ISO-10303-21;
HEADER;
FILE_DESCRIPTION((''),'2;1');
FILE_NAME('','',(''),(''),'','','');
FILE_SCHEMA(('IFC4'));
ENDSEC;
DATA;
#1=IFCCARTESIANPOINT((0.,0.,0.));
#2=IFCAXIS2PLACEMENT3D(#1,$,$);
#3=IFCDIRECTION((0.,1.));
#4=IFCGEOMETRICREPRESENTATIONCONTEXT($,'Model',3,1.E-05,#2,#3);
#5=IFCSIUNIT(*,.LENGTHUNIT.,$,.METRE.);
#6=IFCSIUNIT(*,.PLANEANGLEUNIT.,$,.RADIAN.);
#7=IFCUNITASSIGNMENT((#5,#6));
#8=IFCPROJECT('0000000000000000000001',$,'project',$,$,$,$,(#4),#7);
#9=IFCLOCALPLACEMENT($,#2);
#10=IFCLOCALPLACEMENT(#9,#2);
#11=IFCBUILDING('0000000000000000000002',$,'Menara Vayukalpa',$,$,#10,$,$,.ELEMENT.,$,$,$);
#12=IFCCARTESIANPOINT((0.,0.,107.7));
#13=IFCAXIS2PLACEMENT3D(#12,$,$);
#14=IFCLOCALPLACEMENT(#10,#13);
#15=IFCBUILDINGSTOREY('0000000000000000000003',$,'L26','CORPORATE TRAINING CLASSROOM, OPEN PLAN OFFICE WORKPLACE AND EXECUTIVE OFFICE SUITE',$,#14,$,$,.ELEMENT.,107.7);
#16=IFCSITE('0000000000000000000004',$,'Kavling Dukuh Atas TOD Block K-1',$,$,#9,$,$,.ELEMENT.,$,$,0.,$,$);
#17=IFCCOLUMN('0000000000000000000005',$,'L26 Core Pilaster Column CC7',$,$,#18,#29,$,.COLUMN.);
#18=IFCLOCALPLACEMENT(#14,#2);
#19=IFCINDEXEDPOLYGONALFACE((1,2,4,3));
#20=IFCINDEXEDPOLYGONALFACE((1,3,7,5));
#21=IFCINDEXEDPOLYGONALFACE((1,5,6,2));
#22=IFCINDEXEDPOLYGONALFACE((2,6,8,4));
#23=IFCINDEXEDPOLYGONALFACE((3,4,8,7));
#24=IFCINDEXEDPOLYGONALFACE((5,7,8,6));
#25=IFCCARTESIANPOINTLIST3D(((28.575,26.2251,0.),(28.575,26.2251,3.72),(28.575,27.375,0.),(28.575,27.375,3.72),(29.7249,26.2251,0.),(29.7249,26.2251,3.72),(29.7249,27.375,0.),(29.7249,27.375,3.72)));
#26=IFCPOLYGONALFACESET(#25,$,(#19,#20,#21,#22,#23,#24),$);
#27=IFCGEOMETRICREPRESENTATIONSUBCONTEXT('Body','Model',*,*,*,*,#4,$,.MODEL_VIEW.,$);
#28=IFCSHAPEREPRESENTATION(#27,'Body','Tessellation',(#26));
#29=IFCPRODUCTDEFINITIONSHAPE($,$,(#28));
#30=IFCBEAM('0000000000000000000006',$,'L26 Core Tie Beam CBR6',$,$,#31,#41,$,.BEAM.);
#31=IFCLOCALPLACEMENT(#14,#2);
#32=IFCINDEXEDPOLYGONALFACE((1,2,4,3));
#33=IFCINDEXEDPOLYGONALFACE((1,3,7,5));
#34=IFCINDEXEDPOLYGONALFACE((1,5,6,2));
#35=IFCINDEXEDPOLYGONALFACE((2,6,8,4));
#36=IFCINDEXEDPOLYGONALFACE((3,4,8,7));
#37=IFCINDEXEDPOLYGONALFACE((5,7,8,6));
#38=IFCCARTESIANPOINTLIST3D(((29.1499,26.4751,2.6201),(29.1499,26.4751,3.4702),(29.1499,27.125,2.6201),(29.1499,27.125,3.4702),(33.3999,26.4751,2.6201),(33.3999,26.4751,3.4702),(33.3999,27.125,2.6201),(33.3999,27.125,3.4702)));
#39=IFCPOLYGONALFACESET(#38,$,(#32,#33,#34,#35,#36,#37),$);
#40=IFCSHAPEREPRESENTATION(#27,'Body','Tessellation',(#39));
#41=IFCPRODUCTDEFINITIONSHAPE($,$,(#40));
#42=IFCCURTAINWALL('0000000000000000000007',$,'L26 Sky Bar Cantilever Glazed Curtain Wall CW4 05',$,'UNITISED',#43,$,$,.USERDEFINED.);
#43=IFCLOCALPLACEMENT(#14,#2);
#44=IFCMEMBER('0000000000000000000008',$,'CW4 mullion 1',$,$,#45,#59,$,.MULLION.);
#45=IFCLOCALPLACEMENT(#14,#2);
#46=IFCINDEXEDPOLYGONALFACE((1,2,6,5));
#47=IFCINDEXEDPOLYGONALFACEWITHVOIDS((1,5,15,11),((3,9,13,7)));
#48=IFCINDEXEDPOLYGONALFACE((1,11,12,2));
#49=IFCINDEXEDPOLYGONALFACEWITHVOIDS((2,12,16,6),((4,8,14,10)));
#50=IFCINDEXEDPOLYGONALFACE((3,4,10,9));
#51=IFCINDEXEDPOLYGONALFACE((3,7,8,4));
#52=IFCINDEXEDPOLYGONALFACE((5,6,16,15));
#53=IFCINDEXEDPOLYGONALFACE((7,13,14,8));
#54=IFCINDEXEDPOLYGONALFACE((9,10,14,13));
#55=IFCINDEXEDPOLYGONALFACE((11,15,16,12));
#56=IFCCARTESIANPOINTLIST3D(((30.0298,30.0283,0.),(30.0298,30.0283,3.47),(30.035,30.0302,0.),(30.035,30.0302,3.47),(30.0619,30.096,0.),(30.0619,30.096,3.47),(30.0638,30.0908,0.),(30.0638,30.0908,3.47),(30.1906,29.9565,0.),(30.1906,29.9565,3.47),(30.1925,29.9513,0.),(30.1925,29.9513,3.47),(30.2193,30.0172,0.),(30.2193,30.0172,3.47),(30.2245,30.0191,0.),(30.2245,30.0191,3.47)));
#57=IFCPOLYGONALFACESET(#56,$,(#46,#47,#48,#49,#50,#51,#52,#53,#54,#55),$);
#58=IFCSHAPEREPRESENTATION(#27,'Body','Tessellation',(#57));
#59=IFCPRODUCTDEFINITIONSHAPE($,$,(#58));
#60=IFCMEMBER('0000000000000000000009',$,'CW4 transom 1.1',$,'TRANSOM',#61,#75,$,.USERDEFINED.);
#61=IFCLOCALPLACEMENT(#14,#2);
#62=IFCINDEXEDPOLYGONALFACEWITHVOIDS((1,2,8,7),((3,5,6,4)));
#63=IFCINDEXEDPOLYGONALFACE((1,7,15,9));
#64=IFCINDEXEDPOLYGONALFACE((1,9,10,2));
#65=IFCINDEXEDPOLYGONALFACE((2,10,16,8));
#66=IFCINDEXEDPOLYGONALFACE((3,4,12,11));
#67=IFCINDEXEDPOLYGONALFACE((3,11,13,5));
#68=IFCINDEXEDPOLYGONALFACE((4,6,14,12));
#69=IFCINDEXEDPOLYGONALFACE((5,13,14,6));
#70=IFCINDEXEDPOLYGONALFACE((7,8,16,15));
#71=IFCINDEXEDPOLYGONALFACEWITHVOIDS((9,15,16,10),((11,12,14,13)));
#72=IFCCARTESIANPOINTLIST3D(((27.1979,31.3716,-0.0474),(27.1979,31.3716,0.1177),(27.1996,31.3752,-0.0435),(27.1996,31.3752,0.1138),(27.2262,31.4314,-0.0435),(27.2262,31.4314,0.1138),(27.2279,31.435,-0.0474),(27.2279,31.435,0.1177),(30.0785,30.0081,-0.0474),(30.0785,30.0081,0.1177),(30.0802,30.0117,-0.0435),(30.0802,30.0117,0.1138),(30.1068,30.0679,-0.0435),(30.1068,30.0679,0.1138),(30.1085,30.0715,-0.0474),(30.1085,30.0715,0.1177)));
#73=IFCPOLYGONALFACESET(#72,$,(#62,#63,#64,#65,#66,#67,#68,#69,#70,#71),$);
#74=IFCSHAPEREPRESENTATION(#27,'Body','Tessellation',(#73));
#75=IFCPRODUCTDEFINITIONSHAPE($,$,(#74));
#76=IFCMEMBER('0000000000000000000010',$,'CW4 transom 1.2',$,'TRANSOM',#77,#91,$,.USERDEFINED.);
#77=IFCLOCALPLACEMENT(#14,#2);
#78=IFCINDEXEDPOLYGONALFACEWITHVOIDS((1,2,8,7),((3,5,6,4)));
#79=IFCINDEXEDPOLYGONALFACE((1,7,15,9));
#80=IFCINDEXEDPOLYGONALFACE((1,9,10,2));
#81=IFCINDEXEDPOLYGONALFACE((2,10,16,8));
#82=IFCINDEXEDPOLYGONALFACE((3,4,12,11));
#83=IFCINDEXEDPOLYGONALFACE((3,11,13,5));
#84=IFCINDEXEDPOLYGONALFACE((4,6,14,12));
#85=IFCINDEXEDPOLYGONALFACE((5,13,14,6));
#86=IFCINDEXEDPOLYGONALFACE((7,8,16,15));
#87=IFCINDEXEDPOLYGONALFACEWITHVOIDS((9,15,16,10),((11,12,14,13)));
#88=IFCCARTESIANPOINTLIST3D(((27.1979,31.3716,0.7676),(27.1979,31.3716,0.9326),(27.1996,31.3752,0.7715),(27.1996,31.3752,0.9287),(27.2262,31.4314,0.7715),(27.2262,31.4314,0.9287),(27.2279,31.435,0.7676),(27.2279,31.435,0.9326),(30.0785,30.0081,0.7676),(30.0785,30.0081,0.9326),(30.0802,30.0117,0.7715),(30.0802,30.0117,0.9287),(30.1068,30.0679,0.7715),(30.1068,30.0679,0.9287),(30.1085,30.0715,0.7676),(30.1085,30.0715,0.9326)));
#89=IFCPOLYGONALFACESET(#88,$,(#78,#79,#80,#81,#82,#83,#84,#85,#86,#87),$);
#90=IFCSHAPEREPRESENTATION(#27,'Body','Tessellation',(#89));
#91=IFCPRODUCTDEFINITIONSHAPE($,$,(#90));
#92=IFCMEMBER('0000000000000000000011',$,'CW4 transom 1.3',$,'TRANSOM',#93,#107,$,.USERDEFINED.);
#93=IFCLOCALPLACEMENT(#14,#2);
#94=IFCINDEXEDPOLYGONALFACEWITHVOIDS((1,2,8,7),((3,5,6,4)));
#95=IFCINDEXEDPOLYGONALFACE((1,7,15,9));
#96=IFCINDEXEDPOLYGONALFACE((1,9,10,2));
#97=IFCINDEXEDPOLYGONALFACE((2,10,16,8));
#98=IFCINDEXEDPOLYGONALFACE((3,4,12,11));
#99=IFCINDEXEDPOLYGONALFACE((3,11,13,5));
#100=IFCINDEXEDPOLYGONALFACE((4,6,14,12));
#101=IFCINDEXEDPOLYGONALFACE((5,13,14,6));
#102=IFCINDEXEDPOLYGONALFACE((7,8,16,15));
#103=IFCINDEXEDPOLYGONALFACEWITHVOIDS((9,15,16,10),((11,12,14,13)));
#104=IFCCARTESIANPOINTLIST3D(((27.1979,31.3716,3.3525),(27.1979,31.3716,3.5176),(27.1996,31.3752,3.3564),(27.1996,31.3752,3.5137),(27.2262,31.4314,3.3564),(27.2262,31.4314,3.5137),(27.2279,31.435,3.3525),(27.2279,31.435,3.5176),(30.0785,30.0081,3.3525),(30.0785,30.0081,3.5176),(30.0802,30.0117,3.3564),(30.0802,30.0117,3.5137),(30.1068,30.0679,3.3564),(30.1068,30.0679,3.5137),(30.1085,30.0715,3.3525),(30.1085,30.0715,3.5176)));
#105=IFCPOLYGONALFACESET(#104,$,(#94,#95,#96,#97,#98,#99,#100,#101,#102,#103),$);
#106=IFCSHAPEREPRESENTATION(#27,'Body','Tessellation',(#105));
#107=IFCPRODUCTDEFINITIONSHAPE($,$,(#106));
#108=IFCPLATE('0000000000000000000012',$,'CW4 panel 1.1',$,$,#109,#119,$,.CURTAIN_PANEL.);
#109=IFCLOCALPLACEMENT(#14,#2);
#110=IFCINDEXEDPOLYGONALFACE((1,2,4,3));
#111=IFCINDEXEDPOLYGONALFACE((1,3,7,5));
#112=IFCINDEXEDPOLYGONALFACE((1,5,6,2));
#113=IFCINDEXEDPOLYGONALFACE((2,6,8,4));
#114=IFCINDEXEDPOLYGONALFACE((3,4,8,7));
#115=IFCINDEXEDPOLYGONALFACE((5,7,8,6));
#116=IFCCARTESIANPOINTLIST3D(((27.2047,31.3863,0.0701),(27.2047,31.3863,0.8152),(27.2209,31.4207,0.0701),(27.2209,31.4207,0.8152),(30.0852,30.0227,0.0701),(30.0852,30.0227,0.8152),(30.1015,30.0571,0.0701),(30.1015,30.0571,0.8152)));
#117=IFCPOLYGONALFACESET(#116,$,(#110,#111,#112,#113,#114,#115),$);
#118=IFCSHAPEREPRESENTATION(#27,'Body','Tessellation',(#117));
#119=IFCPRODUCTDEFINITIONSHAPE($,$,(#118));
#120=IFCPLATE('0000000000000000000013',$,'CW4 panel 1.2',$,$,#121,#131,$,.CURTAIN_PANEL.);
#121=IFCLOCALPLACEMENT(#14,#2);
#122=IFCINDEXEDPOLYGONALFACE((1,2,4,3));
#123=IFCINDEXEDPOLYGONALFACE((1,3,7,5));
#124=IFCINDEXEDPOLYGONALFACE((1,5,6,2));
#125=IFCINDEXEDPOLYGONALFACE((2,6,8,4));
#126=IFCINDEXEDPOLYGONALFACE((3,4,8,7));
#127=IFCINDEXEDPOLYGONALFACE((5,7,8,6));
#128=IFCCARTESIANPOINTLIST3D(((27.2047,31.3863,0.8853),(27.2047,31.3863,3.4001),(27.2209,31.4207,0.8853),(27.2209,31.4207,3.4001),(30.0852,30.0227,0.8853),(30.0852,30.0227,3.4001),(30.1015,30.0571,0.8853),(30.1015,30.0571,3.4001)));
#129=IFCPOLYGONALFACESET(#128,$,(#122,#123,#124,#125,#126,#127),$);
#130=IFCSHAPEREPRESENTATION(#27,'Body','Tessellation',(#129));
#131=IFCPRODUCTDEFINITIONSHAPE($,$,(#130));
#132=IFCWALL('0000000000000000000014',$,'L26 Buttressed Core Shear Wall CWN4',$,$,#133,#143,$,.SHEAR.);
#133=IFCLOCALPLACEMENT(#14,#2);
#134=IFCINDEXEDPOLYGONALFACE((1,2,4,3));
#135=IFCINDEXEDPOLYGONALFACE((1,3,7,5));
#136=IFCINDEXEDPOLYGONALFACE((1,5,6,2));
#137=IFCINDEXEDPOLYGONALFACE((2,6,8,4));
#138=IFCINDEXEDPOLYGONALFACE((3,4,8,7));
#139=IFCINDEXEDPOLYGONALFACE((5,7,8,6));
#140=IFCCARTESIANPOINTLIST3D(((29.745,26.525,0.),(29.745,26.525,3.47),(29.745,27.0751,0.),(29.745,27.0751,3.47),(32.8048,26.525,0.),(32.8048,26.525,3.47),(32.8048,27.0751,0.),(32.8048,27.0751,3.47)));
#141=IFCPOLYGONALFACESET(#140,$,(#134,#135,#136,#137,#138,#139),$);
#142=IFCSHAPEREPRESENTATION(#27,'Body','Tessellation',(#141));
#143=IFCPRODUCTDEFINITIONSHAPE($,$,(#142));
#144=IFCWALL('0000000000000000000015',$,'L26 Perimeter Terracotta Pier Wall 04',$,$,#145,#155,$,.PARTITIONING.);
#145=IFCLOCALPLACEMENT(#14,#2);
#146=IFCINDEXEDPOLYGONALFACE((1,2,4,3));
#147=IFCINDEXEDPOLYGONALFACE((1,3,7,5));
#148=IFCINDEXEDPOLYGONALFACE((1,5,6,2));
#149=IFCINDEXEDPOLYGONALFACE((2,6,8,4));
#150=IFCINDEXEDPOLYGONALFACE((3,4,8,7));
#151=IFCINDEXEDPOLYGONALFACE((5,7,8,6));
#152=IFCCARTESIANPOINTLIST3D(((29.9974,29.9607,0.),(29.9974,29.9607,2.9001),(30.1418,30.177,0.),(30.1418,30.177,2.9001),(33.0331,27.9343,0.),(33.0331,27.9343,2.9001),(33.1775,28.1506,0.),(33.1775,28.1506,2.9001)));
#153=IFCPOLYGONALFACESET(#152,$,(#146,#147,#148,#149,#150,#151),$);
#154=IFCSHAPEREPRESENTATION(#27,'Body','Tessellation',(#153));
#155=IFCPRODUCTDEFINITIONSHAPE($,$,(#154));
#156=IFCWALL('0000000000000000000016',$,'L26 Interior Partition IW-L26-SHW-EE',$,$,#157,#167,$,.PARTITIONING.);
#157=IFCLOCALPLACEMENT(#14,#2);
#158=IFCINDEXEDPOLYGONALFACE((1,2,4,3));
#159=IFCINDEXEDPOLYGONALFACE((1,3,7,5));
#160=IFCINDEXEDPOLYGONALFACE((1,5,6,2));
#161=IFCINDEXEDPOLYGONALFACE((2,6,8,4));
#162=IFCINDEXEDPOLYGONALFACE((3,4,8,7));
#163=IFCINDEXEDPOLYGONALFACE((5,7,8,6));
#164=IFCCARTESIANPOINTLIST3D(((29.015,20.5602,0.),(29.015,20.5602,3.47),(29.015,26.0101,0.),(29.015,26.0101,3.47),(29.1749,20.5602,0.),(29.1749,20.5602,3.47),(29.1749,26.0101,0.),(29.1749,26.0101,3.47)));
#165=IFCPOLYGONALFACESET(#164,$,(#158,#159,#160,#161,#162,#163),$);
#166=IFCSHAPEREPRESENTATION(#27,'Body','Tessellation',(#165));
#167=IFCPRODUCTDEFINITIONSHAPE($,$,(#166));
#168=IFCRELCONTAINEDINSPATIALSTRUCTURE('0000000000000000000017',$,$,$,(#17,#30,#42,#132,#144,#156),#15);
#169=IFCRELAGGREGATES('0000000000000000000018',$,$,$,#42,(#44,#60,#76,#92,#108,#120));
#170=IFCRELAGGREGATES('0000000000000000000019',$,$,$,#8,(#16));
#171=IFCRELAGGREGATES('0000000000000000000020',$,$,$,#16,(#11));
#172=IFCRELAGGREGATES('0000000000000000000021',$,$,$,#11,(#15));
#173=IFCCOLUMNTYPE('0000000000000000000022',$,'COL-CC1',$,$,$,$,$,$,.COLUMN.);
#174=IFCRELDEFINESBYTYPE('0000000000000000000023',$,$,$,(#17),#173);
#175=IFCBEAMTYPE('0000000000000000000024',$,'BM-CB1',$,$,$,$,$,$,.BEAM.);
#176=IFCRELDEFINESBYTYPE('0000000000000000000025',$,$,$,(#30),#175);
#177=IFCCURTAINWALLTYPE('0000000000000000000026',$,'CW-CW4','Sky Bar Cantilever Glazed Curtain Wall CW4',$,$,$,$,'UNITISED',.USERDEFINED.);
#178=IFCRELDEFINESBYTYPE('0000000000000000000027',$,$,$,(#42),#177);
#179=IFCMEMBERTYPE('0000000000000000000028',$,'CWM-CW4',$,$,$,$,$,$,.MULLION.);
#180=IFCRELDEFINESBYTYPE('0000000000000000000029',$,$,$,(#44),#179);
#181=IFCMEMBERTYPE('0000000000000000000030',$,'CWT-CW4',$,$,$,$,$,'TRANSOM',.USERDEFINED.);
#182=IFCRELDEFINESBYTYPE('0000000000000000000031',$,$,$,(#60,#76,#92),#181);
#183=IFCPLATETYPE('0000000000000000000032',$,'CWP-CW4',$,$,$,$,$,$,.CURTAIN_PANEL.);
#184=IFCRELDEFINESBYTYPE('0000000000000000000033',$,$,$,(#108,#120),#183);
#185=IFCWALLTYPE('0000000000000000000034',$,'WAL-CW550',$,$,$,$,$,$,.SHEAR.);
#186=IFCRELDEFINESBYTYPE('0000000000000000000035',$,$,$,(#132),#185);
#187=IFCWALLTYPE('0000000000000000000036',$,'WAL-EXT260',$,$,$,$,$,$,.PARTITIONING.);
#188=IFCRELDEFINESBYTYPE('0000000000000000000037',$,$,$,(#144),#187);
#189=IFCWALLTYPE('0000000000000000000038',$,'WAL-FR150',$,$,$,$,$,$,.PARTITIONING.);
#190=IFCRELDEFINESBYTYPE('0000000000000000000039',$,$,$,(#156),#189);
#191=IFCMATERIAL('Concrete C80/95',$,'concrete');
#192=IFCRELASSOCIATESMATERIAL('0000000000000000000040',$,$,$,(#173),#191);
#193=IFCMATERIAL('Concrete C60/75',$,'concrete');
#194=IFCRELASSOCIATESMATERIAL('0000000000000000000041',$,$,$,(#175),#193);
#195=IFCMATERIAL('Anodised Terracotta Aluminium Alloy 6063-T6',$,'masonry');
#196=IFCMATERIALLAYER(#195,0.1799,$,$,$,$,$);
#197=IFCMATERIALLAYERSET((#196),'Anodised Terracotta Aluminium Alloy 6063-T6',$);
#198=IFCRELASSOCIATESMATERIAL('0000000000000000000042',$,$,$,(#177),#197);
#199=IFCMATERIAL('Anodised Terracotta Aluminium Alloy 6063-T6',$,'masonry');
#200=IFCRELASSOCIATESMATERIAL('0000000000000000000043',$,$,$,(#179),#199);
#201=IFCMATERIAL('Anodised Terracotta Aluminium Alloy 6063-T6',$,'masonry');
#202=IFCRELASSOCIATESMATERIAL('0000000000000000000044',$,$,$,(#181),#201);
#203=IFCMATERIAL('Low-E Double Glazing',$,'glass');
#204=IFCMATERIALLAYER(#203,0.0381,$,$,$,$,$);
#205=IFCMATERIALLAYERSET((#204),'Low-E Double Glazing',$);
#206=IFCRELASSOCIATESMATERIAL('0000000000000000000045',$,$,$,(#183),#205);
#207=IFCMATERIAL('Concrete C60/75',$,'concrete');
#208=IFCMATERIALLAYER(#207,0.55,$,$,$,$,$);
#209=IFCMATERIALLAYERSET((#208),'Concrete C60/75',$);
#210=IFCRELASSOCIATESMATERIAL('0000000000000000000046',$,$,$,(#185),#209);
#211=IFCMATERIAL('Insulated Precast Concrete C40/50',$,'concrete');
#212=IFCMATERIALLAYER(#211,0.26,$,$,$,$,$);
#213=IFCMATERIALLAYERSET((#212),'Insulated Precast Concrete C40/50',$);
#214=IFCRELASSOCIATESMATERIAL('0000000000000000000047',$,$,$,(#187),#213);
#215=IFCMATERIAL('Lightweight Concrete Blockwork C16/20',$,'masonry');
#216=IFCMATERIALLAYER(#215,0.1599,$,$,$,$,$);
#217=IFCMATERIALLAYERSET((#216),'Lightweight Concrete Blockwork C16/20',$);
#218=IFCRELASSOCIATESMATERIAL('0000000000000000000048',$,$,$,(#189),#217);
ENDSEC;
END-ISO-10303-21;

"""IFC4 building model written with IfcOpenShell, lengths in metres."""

from ifc_helpers import new_model, si_unit, direction, frame, frame_2d, origin, origin_2d, place, context, subcontext, project, spatial, rectangle, hollow_rectangle, extrude, material, layer, layer_set, material_profile, profile_set, type_object, element, aggregate, save


model = new_model("IFC4")

# Units and contexts
model_context = context("Model", 3, precision=1e-05, world=origin(), true_north=direction((0.0, 1.0)))
body_context = subcontext(model_context, "Body", "Model", "MODEL_VIEW")
ifc_project = project(units=[si_unit("LENGTHUNIT", "METRE"), si_unit("PLANEANGLEUNIT", "RADIAN")], contexts=[model_context])

# Site, building, storey
site_placement = place(None, origin())
site = spatial("IfcSite", under=ifc_project, at=site_placement, Name="Kavling Dukuh Atas TOD Block K-1", CompositionType="ELEMENT", RefElevation=0.0)
building_placement = place(site_placement, origin())
building = spatial("IfcBuilding", under=site, at=building_placement, Name="Menara Vayukalpa", CompositionType="ELEMENT")
storey_placement = place(building_placement, frame((0.0, 0.0, 107.7)))
storey = spatial("IfcBuildingStorey", under=building, at=storey_placement, Name="L26", Description="CORPORATE TRAINING CLASSROOM, OPEN PLAN OFFICE WORKPLACE AND EXECUTIVE OFFICE SUITE", CompositionType="ELEMENT", Elevation=107.7)

# Column
ifc_material_1 = material(Name="Concrete C80/95", Category="concrete")
ifc_material_profile_1 = material_profile(ifc_material_1, rectangle(XDim=1.1499, YDim=1.1499, at=origin_2d()), Name="RC 1150x1150")
ifc_profile_set_1 = profile_set([ifc_material_profile_1], Name="Concrete C80/95")
column_type = type_object("IfcColumnType", Name="COL-CC1", PredefinedType="COLUMN", material=ifc_profile_set_1)
column_placement = place(storey_placement, frame((29.1499, 26.8, 0.0), z_axis=(0.0, 0.0, 1.0), x_axis=(1.0, 0.0, 0.0)))
element("IfcColumn", 1, at=column_placement, inside=storey, type_object=column_type, Name="L26 Core Pilaster Column CC7", PredefinedType="COLUMN", context=body_context, shape_type="SweptSolid", body=[
    extrude(rectangle(XDim=1.1499, YDim=1.1499, at=origin_2d()), origin(), (0.0, 0.0, 1.0), 3.72),
])

# Beam
ifc_material_2 = material(Name="Concrete C60/75", Category="concrete")
ifc_material_profile_2 = material_profile(ifc_material_2, rectangle(XDim=0.6499, YDim=0.8501, at=origin_2d()), Name="RC 650x850")
ifc_profile_set_2 = profile_set([ifc_material_profile_2], Name="Concrete C60/75")
beam_type = type_object("IfcBeamType", Name="BM-CB1", PredefinedType="BEAM", material=ifc_profile_set_2)
beam_placement = place(storey_placement, frame((29.1499, 26.8, 3.0452), z_axis=(1.0, 0.0, 0.0), x_axis=(0.0, 1.0, 0.0)))
element("IfcBeam", 2, at=beam_placement, inside=storey, type_object=beam_type, Name="L26 Core Tie Beam CBR6", PredefinedType="BEAM", context=body_context, shape_type="SweptSolid", body=[
    extrude(rectangle(XDim=0.6499, YDim=0.8501, at=origin_2d()), origin(), (0.0, 0.0, 1.0), 4.25),
])

# Curtain wall, members, plates
ifc_material_3 = material(Name="Anodised Terracotta Aluminium Alloy 6063-T6", Category="masonry")
ifc_layer_1 = layer(ifc_material_3, 0.1799)
ifc_layer_set_1 = layer_set([ifc_layer_1], Name="Anodised Terracotta Aluminium Alloy 6063-T6")
curtain_wall_type = type_object("IfcCurtainWallType", Name="CW-CW4", Description="Sky Bar Cantilever Glazed Curtain Wall CW4", ElementType="UNITISED", PredefinedType="USERDEFINED", material=ifc_layer_set_1)
curtain_wall_placement = place(storey_placement, origin())
curtain_wall = element("IfcCurtainWall", 3, at=curtain_wall_placement, inside=storey, type_object=curtain_wall_type, Name="L26 Sky Bar Cantilever Glazed Curtain Wall CW4 05", ObjectType="UNITISED", PredefinedType="USERDEFINED")
ifc_material_4 = material(Name="Anodised Terracotta Aluminium Alloy 6063-T6", Category="masonry")
ifc_material_profile_3 = material_profile(ifc_material_4, hollow_rectangle(XDim=0.075, YDim=0.1799, WallThickness=0.0039, at=origin_2d()), Name="ALU 75x180x4")
ifc_profile_set_3 = profile_set([ifc_material_profile_3], Name="Anodised Terracotta Aluminium Alloy 6063-T6")
member_type_1 = type_object("IfcMemberType", Name="CWM-CW4", PredefinedType="MULLION", material=ifc_profile_set_3)
member_1_placement = place(storey_placement, frame((30.1272, 30.0237, 0.0), z_axis=(0.0, 0.0, 1.0), x_axis=(-0.427871, -0.90384, 0.0)))
member_1 = element("IfcMember", 4, at=member_1_placement, type_object=member_type_1, Name="CW4 mullion 1", PredefinedType="MULLION", context=body_context, shape_type="SweptSolid", body=[
    extrude(hollow_rectangle(XDim=0.075, YDim=0.1799, WallThickness=0.0039, at=origin_2d()), origin(), (0.0, 0.0, 1.0), 3.47),
])
ifc_material_5 = material(Name="Anodised Terracotta Aluminium Alloy 6063-T6", Category="masonry")
ifc_material_profile_4 = material_profile(ifc_material_5, hollow_rectangle(XDim=0.0701, YDim=0.165, WallThickness=0.0039, at=origin_2d()), Name="ALU 70x165x4")
ifc_profile_set_4 = profile_set([ifc_material_profile_4], Name="Anodised Terracotta Aluminium Alloy 6063-T6")
member_type_2 = type_object("IfcMemberType", Name="CWT-CW4", ElementType="TRANSOM", PredefinedType="USERDEFINED", material=ifc_profile_set_4)
member_2_placement = place(storey_placement, frame((30.0935, 30.0398, 0.0352), z_axis=(-0.903856, 0.427836, 0.0), x_axis=(-0.427836, -0.903856, 0.0)))
member_2 = element("IfcMember", 5, at=member_2_placement, type_object=member_type_2, Name="CW4 transom 1.1", ObjectType="TRANSOM", PredefinedType="USERDEFINED", context=body_context, shape_type="SweptSolid", body=[
    extrude(hollow_rectangle(XDim=0.0701, YDim=0.165, WallThickness=0.0039, at=origin_2d()), origin(), (0.0, 0.0, 1.0), 3.187),
])
member_3_placement = place(storey_placement, frame((30.0935, 30.0398, 0.8501), z_axis=(-0.903856, 0.427836, 0.0), x_axis=(-0.427836, -0.903856, 0.0)))
member_3 = element("IfcMember", 6, at=member_3_placement, type_object=member_type_2, Name="CW4 transom 1.2", ObjectType="TRANSOM", PredefinedType="USERDEFINED", context=body_context, shape_type="SweptSolid", body=[
    extrude(hollow_rectangle(XDim=0.0701, YDim=0.165, WallThickness=0.0039, at=origin_2d()), origin(), (0.0, 0.0, 1.0), 3.187),
])
member_4_placement = place(storey_placement, frame((30.0935, 30.0398, 3.4351), z_axis=(-0.903856, 0.427836, 0.0), x_axis=(-0.427836, -0.903856, 0.0)))
member_4 = element("IfcMember", 7, at=member_4_placement, type_object=member_type_2, Name="CW4 transom 1.3", ObjectType="TRANSOM", PredefinedType="USERDEFINED", context=body_context, shape_type="SweptSolid", body=[
    extrude(hollow_rectangle(XDim=0.0701, YDim=0.165, WallThickness=0.0039, at=origin_2d()), origin(), (0.0, 0.0, 1.0), 3.187),
])
ifc_material_6 = material(Name="Low-E Double Glazing", Category="glass")
ifc_layer_2 = layer(ifc_material_6, 0.0381)
ifc_layer_set_2 = layer_set([ifc_layer_2], Name="Low-E Double Glazing")
plate_type = type_object("IfcPlateType", Name="CWP-CW4", PredefinedType="CURTAIN_PANEL", material=ifc_layer_set_2)
plate_1_placement = place(storey_placement, frame((28.6531, 30.7217, 0.0701), z_axis=(0.0, 0.0, 1.0), x_axis=(-0.90384, 0.427871, 0.0)))
plate_1 = element("IfcPlate", 8, at=plate_1_placement, type_object=plate_type, Name="CW4 panel 1.1", PredefinedType="CURTAIN_PANEL", context=body_context, shape_type="SweptSolid", body=[
    extrude(rectangle(XDim=3.187, YDim=0.0381, at=origin_2d()), origin(), (0.0, 0.0, 1.0), 0.7451),
])
plate_2_placement = place(storey_placement, frame((28.6531, 30.7217, 0.8853), z_axis=(0.0, 0.0, 1.0), x_axis=(-0.90384, 0.427871, 0.0)))
plate_2 = element("IfcPlate", 9, at=plate_2_placement, type_object=plate_type, Name="CW4 panel 1.2", PredefinedType="CURTAIN_PANEL", context=body_context, shape_type="SweptSolid", body=[
    extrude(rectangle(XDim=3.187, YDim=0.0381, at=origin_2d()), origin(), (0.0, 0.0, 1.0), 2.5149),
])
aggregate(curtain_wall, [member_1, member_2, member_3, member_4, plate_1, plate_2])

# Walls
ifc_material_7 = material(Name="Concrete C60/75", Category="concrete")
ifc_layer_3 = layer(ifc_material_7, 0.55)
ifc_layer_set_3 = layer_set([ifc_layer_3], Name="Concrete C60/75")
wall_type_1 = type_object("IfcWallType", Name="WAL-CW550", PredefinedType="SHEAR", material=ifc_layer_set_3)
wall_1_placement = place(storey_placement, frame((29.7451, 26.8, 0.0), z_axis=(0.0, 0.0, 1.0), x_axis=(1.0, 0.0, 0.0)))
element("IfcWall", 10, at=wall_1_placement, inside=storey, type_object=wall_type_1, Name="L26 Buttressed Core Shear Wall CWN4", PredefinedType="SHEAR", context=body_context, shape_type="SweptSolid", body=[
    extrude(rectangle(XDim=3.0598, YDim=0.55, at=frame_2d((1.5298, 0.0))), origin(), (0.0, 0.0, 1.0), 3.47),
])
ifc_material_8 = material(Name="Insulated Precast Concrete C40/50", Category="concrete")
ifc_layer_4 = layer(ifc_material_8, 0.26)
ifc_layer_set_4 = layer_set([ifc_layer_4], Name="Insulated Precast Concrete C40/50")
wall_type_2 = type_object("IfcWallType", Name="WAL-EXT260", PredefinedType="PARTITIONING", material=ifc_layer_set_4)
wall_2_placement = place(storey_placement, frame((30.0696, 30.0688, 0.0), z_axis=(0.0, 0.0, 1.0), x_axis=(0.831721, -0.555194, 0.0)))
element("IfcWall", 11, at=wall_2_placement, inside=storey, type_object=wall_type_2, Name="L26 Perimeter Terracotta Pier Wall 04", PredefinedType="PARTITIONING", context=body_context, shape_type="SweptSolid", body=[
    extrude(rectangle(XDim=3.6499, YDim=0.26, at=frame_2d((1.825, 0.0))), origin(), (0.0, 0.0, 1.0), 2.9001),
])
ifc_material_9 = material(Name="Lightweight Concrete Blockwork C16/20", Category="masonry")
ifc_layer_5 = layer(ifc_material_9, 0.1599)
ifc_layer_set_5 = layer_set([ifc_layer_5], Name="Lightweight Concrete Blockwork C16/20")
wall_type_3 = type_object("IfcWallType", Name="WAL-FR150", PredefinedType="PARTITIONING", material=ifc_layer_set_5)
wall_3_placement = place(storey_placement, frame((29.095, 20.5601, 0.0), z_axis=(0.0, 0.0, 1.0), x_axis=(0.0, 1.0, 0.0)))
element("IfcWall", 12, at=wall_3_placement, inside=storey, type_object=wall_type_3, Name="L26 Interior Partition IW-L26-SHW-EE", PredefinedType="PARTITIONING", context=body_context, shape_type="SweptSolid", body=[
    extrude(rectangle(XDim=5.45, YDim=0.1599, at=frame_2d((2.7251, 0.0))), origin(), (0.0, 0.0, 1.0), 3.47),
])

save(model, "model.ifc")
